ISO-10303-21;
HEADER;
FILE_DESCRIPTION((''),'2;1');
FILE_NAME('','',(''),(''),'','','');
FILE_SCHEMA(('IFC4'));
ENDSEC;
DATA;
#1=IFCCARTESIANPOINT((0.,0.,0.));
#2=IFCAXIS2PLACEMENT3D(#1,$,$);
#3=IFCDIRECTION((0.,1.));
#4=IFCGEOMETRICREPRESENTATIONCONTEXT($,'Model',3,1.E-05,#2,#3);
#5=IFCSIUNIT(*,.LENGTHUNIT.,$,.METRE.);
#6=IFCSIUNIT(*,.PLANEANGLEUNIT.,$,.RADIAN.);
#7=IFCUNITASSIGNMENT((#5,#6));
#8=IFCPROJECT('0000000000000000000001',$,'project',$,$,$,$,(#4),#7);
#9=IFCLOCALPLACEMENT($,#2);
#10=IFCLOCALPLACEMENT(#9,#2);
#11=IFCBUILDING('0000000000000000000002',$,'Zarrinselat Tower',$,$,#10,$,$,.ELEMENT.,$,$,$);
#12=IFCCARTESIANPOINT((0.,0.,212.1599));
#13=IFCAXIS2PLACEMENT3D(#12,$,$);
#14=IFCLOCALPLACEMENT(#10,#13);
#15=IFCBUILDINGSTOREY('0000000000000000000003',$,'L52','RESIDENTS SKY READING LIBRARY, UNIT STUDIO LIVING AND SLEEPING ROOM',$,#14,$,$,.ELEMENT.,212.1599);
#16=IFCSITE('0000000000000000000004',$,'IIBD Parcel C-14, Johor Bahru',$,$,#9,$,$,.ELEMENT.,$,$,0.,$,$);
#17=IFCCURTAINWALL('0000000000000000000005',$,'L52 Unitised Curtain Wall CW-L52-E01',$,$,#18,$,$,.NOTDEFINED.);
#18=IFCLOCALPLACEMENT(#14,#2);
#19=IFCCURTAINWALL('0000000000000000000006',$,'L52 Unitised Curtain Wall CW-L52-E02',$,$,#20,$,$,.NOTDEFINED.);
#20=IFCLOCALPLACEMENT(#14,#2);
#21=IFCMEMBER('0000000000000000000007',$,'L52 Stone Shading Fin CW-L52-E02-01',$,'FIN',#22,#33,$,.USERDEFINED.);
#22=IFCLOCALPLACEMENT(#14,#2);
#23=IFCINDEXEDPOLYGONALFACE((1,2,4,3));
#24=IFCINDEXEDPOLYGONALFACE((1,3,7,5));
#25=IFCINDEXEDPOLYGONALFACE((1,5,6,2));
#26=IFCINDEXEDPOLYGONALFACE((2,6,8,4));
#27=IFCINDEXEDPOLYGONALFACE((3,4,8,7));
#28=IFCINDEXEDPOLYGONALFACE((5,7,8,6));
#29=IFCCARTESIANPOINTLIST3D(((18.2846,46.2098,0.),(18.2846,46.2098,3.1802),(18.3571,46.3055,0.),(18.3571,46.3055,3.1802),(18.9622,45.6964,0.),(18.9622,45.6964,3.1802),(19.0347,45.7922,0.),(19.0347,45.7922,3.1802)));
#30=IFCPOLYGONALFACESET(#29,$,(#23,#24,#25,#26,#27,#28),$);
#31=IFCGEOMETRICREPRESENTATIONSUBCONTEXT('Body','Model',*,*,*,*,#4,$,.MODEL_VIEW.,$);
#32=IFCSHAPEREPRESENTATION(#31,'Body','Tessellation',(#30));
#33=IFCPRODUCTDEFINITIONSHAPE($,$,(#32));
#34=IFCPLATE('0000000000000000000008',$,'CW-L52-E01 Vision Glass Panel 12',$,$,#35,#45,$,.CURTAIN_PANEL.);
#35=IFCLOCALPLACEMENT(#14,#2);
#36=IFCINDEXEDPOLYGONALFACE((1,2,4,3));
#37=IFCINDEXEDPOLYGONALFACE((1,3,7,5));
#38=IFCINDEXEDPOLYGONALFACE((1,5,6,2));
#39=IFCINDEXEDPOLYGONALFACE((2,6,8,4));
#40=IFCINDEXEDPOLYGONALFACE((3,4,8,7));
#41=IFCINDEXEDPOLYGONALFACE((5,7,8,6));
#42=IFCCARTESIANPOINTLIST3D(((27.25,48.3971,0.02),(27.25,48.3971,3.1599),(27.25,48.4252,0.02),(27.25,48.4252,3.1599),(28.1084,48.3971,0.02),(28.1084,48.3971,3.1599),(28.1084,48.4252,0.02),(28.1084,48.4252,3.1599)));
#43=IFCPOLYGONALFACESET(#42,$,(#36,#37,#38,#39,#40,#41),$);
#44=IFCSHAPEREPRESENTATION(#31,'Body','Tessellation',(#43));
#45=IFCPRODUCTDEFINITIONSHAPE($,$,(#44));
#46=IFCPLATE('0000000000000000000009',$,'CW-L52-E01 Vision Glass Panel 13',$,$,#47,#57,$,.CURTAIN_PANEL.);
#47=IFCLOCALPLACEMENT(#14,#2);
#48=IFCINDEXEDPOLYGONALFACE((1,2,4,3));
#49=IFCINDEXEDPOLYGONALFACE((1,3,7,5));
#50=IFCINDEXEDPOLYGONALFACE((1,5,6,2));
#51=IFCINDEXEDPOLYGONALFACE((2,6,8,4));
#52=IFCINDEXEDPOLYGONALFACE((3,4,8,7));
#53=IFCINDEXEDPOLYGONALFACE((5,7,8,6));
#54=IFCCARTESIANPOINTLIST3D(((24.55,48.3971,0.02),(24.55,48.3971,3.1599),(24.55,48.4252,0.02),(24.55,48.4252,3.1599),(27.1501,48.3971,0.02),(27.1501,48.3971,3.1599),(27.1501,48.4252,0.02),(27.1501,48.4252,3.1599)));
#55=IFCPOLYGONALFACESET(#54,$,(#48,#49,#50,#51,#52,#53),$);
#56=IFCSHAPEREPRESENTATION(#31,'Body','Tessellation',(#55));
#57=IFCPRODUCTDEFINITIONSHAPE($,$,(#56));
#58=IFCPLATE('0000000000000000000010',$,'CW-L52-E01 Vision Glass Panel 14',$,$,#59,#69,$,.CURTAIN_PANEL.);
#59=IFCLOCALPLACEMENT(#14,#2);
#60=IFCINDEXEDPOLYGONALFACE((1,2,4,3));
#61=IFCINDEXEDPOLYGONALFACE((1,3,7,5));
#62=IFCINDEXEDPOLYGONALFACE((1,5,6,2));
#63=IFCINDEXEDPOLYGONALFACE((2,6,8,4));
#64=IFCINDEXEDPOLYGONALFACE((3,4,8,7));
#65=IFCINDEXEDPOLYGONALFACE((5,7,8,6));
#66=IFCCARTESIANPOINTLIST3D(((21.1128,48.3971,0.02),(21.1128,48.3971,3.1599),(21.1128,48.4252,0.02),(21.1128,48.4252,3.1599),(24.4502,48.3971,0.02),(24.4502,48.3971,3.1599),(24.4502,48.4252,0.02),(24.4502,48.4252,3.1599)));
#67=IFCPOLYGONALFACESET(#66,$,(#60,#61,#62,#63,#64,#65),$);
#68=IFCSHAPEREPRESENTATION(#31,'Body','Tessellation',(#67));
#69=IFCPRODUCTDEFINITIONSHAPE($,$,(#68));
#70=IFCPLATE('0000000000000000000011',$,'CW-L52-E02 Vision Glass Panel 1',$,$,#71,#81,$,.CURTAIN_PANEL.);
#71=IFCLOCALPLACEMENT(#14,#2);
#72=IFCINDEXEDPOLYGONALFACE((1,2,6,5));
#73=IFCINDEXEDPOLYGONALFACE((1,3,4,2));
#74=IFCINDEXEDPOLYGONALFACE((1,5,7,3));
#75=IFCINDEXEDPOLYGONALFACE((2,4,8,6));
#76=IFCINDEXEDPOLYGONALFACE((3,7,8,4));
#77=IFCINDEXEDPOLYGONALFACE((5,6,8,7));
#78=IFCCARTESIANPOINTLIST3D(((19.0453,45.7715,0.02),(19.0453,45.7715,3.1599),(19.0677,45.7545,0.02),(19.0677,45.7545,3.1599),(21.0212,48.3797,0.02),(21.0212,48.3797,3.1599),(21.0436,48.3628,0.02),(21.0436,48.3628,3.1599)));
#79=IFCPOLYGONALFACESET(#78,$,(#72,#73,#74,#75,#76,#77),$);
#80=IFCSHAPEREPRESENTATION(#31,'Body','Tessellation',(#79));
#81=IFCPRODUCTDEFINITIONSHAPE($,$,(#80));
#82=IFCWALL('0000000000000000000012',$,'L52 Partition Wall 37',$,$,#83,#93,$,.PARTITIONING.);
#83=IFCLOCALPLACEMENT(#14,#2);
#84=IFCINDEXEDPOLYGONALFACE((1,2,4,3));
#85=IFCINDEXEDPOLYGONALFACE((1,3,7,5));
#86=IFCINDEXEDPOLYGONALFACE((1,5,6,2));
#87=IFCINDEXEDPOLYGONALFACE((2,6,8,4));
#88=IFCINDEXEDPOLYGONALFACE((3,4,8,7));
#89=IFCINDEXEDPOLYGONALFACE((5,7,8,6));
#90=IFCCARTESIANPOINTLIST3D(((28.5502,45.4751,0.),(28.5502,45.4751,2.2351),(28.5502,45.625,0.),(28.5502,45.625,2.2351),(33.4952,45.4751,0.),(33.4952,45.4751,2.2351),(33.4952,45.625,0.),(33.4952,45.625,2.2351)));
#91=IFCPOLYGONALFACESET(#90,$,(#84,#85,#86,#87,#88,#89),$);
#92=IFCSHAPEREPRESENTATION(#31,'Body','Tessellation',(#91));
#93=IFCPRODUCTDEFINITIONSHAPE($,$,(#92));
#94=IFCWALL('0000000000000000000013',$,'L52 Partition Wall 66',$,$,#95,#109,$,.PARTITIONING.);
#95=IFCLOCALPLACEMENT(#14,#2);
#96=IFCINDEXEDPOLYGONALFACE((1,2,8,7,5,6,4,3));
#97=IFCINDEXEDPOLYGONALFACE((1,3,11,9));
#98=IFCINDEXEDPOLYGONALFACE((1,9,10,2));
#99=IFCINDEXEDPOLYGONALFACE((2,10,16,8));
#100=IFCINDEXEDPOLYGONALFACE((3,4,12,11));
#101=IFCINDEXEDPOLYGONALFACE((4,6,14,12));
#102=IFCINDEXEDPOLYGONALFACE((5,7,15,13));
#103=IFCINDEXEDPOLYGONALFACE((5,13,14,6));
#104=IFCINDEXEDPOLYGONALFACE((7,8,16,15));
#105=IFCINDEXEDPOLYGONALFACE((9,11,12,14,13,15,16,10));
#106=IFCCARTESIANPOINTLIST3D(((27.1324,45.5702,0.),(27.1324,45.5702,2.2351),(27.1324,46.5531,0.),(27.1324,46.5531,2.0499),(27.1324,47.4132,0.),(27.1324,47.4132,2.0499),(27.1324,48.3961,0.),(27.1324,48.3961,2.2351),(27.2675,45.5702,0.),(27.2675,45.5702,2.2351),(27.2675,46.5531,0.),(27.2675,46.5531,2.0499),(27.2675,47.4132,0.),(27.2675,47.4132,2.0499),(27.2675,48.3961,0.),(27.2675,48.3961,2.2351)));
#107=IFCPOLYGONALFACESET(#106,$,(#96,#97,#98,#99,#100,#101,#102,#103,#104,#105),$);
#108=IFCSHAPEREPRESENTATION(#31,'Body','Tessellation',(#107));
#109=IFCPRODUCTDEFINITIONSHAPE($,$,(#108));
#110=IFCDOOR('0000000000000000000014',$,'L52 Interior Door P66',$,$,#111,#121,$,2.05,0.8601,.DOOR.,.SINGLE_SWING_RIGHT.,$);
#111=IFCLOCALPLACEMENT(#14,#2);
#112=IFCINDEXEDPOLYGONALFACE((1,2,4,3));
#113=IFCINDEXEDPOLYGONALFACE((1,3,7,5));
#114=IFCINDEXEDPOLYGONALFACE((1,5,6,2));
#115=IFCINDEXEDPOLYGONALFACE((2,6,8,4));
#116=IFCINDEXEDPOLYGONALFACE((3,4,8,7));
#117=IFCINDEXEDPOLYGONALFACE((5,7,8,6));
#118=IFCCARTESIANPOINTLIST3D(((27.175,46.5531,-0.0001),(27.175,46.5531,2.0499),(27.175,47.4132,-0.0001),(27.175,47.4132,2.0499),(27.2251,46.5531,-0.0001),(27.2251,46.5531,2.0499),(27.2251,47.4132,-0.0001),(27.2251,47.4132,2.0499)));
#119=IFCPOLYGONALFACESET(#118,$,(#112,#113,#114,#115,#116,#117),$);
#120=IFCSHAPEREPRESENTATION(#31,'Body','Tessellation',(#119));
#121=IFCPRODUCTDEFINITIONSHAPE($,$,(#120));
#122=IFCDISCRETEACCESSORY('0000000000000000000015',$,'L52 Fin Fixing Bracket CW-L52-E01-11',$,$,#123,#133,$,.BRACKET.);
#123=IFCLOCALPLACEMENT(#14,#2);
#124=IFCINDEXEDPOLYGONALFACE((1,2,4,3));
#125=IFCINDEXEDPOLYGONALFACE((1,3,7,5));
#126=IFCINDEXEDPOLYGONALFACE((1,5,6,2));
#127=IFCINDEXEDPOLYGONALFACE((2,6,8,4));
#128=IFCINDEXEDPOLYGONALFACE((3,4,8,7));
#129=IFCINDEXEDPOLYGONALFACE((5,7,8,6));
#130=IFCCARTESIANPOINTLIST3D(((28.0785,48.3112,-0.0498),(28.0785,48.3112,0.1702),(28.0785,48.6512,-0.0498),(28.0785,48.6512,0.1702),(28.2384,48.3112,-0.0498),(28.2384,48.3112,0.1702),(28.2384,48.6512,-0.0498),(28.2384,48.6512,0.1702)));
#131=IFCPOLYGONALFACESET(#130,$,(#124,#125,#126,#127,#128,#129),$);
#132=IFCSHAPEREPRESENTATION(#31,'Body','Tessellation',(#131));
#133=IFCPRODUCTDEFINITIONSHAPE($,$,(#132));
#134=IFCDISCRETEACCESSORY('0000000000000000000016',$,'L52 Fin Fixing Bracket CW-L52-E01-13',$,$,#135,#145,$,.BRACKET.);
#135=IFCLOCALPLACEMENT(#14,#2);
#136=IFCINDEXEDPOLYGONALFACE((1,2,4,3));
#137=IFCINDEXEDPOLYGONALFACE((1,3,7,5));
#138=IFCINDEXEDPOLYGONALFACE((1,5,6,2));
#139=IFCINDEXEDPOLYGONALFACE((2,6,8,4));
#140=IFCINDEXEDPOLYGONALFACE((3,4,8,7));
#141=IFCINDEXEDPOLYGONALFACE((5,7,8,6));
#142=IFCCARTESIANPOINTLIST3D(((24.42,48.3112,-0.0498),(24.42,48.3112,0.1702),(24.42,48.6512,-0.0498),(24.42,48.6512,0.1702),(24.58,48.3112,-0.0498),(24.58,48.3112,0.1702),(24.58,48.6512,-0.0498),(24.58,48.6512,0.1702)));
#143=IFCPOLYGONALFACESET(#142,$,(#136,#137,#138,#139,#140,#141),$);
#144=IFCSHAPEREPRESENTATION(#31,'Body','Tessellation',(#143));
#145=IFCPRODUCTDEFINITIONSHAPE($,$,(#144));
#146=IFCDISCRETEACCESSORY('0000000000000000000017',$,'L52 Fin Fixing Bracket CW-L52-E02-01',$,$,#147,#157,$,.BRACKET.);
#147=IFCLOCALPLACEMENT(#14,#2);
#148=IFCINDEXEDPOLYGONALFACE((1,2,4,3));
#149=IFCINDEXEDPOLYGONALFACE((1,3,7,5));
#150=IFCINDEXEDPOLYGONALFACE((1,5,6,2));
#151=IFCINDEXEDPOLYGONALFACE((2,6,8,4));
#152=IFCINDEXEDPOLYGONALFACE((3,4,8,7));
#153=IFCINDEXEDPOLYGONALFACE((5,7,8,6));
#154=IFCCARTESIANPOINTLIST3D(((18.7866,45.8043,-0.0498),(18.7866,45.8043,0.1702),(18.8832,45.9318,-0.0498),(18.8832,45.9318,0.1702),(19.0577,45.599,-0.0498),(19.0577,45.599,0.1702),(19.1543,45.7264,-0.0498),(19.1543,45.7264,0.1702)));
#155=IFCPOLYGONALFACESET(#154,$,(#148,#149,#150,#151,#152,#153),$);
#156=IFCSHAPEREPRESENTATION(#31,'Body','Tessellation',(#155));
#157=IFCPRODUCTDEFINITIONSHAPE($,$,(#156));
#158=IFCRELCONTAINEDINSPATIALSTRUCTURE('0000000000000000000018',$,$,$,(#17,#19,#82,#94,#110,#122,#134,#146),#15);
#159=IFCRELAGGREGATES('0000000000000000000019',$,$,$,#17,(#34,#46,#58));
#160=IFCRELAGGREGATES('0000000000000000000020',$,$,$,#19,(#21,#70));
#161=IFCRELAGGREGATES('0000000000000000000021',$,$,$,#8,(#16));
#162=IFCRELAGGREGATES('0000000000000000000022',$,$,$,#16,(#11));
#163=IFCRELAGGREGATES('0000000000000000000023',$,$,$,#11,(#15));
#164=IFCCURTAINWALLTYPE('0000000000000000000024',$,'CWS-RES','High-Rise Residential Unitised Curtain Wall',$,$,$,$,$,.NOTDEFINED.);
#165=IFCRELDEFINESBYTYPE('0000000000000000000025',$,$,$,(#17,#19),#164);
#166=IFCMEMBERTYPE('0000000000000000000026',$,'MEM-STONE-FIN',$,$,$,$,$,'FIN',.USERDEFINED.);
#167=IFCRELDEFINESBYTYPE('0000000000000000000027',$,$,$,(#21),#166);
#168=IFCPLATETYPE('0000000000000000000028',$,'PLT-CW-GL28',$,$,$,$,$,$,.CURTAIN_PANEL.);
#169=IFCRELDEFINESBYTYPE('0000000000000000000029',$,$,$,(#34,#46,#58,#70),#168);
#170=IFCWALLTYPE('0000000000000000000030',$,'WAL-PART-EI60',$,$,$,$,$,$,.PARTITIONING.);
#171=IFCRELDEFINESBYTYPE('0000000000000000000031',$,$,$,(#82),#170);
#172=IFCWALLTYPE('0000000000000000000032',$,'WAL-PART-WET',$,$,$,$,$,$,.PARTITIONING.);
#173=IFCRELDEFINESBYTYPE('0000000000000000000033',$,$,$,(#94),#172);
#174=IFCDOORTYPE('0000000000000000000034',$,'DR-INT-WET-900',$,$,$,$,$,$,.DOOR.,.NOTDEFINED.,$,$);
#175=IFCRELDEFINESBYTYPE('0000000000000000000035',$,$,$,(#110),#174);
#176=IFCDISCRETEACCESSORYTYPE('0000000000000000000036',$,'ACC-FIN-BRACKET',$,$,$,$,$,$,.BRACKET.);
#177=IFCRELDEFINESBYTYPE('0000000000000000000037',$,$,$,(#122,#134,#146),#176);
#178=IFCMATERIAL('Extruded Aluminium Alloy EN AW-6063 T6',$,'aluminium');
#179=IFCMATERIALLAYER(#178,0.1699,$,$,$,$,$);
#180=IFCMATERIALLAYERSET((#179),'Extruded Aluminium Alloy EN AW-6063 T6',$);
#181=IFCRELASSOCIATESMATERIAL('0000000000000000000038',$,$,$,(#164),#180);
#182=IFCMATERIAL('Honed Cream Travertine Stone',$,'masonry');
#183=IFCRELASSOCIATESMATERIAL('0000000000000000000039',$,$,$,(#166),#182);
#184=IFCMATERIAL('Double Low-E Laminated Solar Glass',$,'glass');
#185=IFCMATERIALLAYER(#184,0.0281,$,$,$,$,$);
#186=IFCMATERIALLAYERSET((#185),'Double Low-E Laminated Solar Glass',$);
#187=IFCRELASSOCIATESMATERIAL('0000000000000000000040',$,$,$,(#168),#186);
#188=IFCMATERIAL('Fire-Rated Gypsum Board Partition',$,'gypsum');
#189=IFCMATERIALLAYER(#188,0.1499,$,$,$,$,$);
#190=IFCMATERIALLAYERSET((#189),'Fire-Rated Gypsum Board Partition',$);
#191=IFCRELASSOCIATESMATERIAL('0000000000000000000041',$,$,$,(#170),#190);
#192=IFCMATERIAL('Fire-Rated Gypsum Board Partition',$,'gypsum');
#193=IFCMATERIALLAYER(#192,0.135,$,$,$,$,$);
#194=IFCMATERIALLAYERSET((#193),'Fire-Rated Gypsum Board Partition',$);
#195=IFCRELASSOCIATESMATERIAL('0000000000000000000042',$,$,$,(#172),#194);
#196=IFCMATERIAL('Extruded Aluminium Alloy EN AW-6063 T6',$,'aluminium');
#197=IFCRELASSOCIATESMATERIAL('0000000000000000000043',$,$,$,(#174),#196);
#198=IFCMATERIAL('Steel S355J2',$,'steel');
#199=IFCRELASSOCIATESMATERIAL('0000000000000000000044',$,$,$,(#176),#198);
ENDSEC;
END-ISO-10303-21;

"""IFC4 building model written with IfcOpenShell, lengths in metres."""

from ifc_helpers import new_model, si_unit, direction, frame, frame_2d, origin, origin_2d, place, context, subcontext, project, spatial, rectangle, extrude, material, layer, layer_set, material_profile, profile_set, type_object, element, fill, aggregate, save


model = new_model("IFC4")

# Units and contexts
model_context = context("Model", 3, precision=1e-05, world=origin(), true_north=direction((0.0, 1.0)))
body_context = subcontext(model_context, "Body", "Model", "MODEL_VIEW")
ifc_project = project(units=[si_unit("LENGTHUNIT", "METRE"), si_unit("PLANEANGLEUNIT", "RADIAN")], contexts=[model_context])

# Site, building, storey
site_placement = place(None, origin())
site = spatial("IfcSite", under=ifc_project, at=site_placement, Name="IIBD Parcel C-14, Johor Bahru", CompositionType="ELEMENT", RefElevation=0.0)
building_placement = place(site_placement, origin())
building = spatial("IfcBuilding", under=site, at=building_placement, Name="Zarrinselat Tower", CompositionType="ELEMENT")
storey_placement = place(building_placement, frame((0.0, 0.0, 212.1599)))
storey = spatial("IfcBuildingStorey", under=building, at=storey_placement, Name="L52", Description="RESIDENTS SKY READING LIBRARY, UNIT STUDIO LIVING AND SLEEPING ROOM", CompositionType="ELEMENT", Elevation=212.1599)

# Curtain walls
ifc_material_1 = material(Name="Extruded Aluminium Alloy EN AW-6063 T6", Category="aluminium")
ifc_layer_1 = layer(ifc_material_1, 0.1699)
ifc_layer_set_1 = layer_set([ifc_layer_1], Name="Extruded Aluminium Alloy EN AW-6063 T6")
curtain_wall_type = type_object("IfcCurtainWallType", Name="CWS-RES", Description="High-Rise Residential Unitised Curtain Wall", PredefinedType="NOTDEFINED", material=ifc_layer_set_1)
curtain_wall_1_placement = place(storey_placement, origin())
curtain_wall_1 = element("IfcCurtainWall", 1, at=curtain_wall_1_placement, inside=storey, type_object=curtain_wall_type, Name="L52 Unitised Curtain Wall CW-L52-E01", PredefinedType="NOTDEFINED")
curtain_wall_2_placement = place(storey_placement, origin())
curtain_wall_2 = element("IfcCurtainWall", 2, at=curtain_wall_2_placement, inside=storey, type_object=curtain_wall_type, Name="L52 Unitised Curtain Wall CW-L52-E02", PredefinedType="NOTDEFINED")

# Member
ifc_material_2 = material(Name="Honed Cream Travertine Stone", Category="masonry")
ifc_material_profile_1 = material_profile(ifc_material_2, rectangle(XDim=0.1201, YDim=0.8501, at=origin_2d()), Name="FIN 850x120")
ifc_profile_set_1 = profile_set([ifc_material_profile_1], Name="Honed Cream Travertine Stone")
member_type_1 = type_object("IfcMemberType", Name="MEM-STONE-FIN", ElementType="FIN", PredefinedType="USERDEFINED", material=ifc_profile_set_1)
member_1_placement = place(storey_placement, frame((18.6597, 46.001, 0.0), z_axis=(0.0, 0.0, 1.0), x_axis=(0.603854, 0.797095, 0.0)))
member_1 = element("IfcMember", 3, at=member_1_placement, type_object=member_type_1, Name="L52 Stone Shading Fin CW-L52-E02-01", ObjectType="FIN", PredefinedType="USERDEFINED", context=body_context, shape_type="SweptSolid", body=[
    extrude(rectangle(XDim=0.1201, YDim=0.8501, at=origin_2d()), origin(), (0.0, 0.0, 1.0), 3.1802),
])

# Plates
ifc_material_3 = material(Name="Double Low-E Laminated Solar Glass", Category="glass")
ifc_layer_2 = layer(ifc_material_3, 0.0281)
ifc_layer_set_2 = layer_set([ifc_layer_2], Name="Double Low-E Laminated Solar Glass")
plate_type = type_object("IfcPlateType", Name="PLT-CW-GL28", PredefinedType="CURTAIN_PANEL", material=ifc_layer_set_2)
plate_1_placement = place(storey_placement, frame((27.6792, 48.4111, 0.02), z_axis=(0.0, 0.0, 1.0), x_axis=(-1.0, 0.0, 0.0)))
plate_1 = element("IfcPlate", 4, at=plate_1_placement, type_object=plate_type, Name="CW-L52-E01 Vision Glass Panel 12", PredefinedType="CURTAIN_PANEL", context=body_context, shape_type="SweptSolid", body=[
    extrude(rectangle(XDim=0.8584, YDim=0.0281, at=origin_2d()), origin(), (0.0, 0.0, 1.0), 3.1399),
])
plate_2_placement = place(storey_placement, frame((25.8501, 48.4111, 0.02), z_axis=(0.0, 0.0, 1.0), x_axis=(-1.0, 0.0, 0.0)))
plate_2 = element("IfcPlate", 5, at=plate_2_placement, type_object=plate_type, Name="CW-L52-E01 Vision Glass Panel 13", PredefinedType="CURTAIN_PANEL", context=body_context, shape_type="SweptSolid", body=[
    extrude(rectangle(XDim=2.6001, YDim=0.0281, at=origin_2d()), origin(), (0.0, 0.0, 1.0), 3.1399),
])
plate_3_placement = place(storey_placement, frame((22.7815, 48.4111, 0.02), z_axis=(0.0, 0.0, 1.0), x_axis=(-1.0, 0.0, 0.0)))
plate_3 = element("IfcPlate", 6, at=plate_3_placement, type_object=plate_type, Name="CW-L52-E01 Vision Glass Panel 14", PredefinedType="CURTAIN_PANEL", context=body_context, shape_type="SweptSolid", body=[
    extrude(rectangle(XDim=3.3374, YDim=0.0281, at=origin_2d()), origin(), (0.0, 0.0, 1.0), 3.1399),
])
aggregate(curtain_wall_1, [plate_1, plate_2, plate_3])
plate_4_placement = place(storey_placement, frame((20.0444, 47.0671, 0.02), z_axis=(0.0, 0.0, 1.0), x_axis=(-0.603854, -0.797095, 0.0)))
plate_4 = element("IfcPlate", 7, at=plate_4_placement, type_object=plate_type, Name="CW-L52-E02 Vision Glass Panel 1", PredefinedType="CURTAIN_PANEL", context=body_context, shape_type="SweptSolid", body=[
    extrude(rectangle(XDim=3.2722, YDim=0.0281, at=origin_2d()), origin(), (0.0, 0.0, 1.0), 3.1399),
])
aggregate(curtain_wall_2, [member_1, plate_4])

# Wall
ifc_material_4 = material(Name="Fire-Rated Gypsum Board Partition", Category="gypsum")
ifc_layer_3 = layer(ifc_material_4, 0.1499)
ifc_layer_set_3 = layer_set([ifc_layer_3], Name="Fire-Rated Gypsum Board Partition")
wall_type_1 = type_object("IfcWallType", Name="WAL-PART-EI60", PredefinedType="PARTITIONING", material=ifc_layer_set_3)
wall_1_placement = place(storey_placement, frame((28.55, 45.55, 0.0), z_axis=(0.0, 0.0, 1.0), x_axis=(1.0, 0.0, 0.0)))
element("IfcWall", 8, at=wall_1_placement, inside=storey, type_object=wall_type_1, Name="L52 Partition Wall 37", PredefinedType="PARTITIONING", context=body_context, shape_type="SweptSolid", body=[
    extrude(rectangle(XDim=4.9451, YDim=0.1499, at=frame_2d((2.4727, 0.0))), origin(), (0.0, 0.0, 1.0), 2.2351),
])

# Wall, opening, door
ifc_material_5 = material(Name="Fire-Rated Gypsum Board Partition", Category="gypsum")
ifc_layer_4 = layer(ifc_material_5, 0.135)
ifc_layer_set_4 = layer_set([ifc_layer_4], Name="Fire-Rated Gypsum Board Partition")
wall_type_2 = type_object("IfcWallType", Name="WAL-PART-WET", PredefinedType="PARTITIONING", material=ifc_layer_set_4)
wall_2_placement = place(storey_placement, frame((27.2, 45.5701, 0.0), z_axis=(0.0, 0.0, 1.0), x_axis=(0.0, 1.0, 0.0)))
wall_2 = element("IfcWall", 9, at=wall_2_placement, inside=storey, type_object=wall_type_2, Name="L52 Partition Wall 66", PredefinedType="PARTITIONING", context=body_context, shape_type="SweptSolid", body=[
    extrude(rectangle(XDim=2.8259, YDim=0.135, at=frame_2d((1.4131, 0.0))), origin(), (0.0, 0.0, 1.0), 2.2351),
])
opening_placement = place(wall_2_placement, frame((0.9829, 0.0, 0.0)))
opening = element("IfcOpeningElement", 10, at=opening_placement, cuts=wall_2, PredefinedType="OPENING", context=body_context, shape_type="SweptSolid", body=[
    extrude(rectangle(XDim=0.8601, YDim=2.05, at=frame_2d((0.4302, 1.0249))), frame((0.0, 0.0774, 0.0), z_axis=(0.0, -1.0, 0.0), x_axis=(1.0, 0.0, 0.0)), (0.0, 0.0, 1.0), 0.155),
])
ifc_material_6 = material(Name="Extruded Aluminium Alloy EN AW-6063 T6", Category="aluminium")
door_type = type_object("IfcDoorType", Name="DR-INT-WET-900", OperationType="NOTDEFINED", PredefinedType="DOOR", material=ifc_material_6)
door_placement = place(opening_placement, origin())
door = element("IfcDoor", 11, at=door_placement, inside=storey, type_object=door_type, Name="L52 Interior Door P66", OperationType="SINGLE_SWING_RIGHT", OverallHeight=2.05, OverallWidth=0.8601, PredefinedType="DOOR", context=body_context, shape_type="SweptSolid", body=[
    extrude(rectangle(XDim=0.8601, YDim=2.05, at=frame_2d((0.4302, 1.0249))), frame((0.0, 0.0249, 0.0), z_axis=(0.0, -1.0, 0.0), x_axis=(1.0, 0.0, 0.0)), (0.0, 0.0, 1.0), 0.05),
])
fill(opening, door)

# Discrete accessories
ifc_material_7 = material(Name="Steel S355J2", Category="steel")
discrete_accessory_type = type_object("IfcDiscreteAccessoryType", Name="ACC-FIN-BRACKET", PredefinedType="BRACKET", material=ifc_material_7)
for number, where, z_axis, x_axis, name in (
    (12, (28.1584, 48.4812, -0.0498), (0.0, 0.0, 1.0), (0.0, 1.0, 0.0), "L52 Fin Fixing Bracket CW-L52-E01-11"),
    (13, (24.5, 48.4812, -0.0498), (0.0, 0.0, 1.0), (0.0, 1.0, 0.0), "L52 Fin Fixing Bracket CW-L52-E01-13"),
    (14, (18.9705, 45.7654, -0.0498), (0.0, 0.0, 1.0), (-0.797095, 0.603854, 0.0), "L52 Fin Fixing Bracket CW-L52-E02-01"),
):
    element("IfcDiscreteAccessory", number, at=place(storey_placement, frame(where, z_axis=z_axis, x_axis=x_axis)), inside=storey, type_object=discrete_accessory_type, Name=name, PredefinedType="BRACKET", context=body_context, shape_type="SweptSolid", body=[
        extrude(rectangle(XDim=0.3401, YDim=0.1599, at=origin_2d()), origin(), (0.0, 0.0, 1.0), 0.22),
    ])

save(model, "model.ifc")
